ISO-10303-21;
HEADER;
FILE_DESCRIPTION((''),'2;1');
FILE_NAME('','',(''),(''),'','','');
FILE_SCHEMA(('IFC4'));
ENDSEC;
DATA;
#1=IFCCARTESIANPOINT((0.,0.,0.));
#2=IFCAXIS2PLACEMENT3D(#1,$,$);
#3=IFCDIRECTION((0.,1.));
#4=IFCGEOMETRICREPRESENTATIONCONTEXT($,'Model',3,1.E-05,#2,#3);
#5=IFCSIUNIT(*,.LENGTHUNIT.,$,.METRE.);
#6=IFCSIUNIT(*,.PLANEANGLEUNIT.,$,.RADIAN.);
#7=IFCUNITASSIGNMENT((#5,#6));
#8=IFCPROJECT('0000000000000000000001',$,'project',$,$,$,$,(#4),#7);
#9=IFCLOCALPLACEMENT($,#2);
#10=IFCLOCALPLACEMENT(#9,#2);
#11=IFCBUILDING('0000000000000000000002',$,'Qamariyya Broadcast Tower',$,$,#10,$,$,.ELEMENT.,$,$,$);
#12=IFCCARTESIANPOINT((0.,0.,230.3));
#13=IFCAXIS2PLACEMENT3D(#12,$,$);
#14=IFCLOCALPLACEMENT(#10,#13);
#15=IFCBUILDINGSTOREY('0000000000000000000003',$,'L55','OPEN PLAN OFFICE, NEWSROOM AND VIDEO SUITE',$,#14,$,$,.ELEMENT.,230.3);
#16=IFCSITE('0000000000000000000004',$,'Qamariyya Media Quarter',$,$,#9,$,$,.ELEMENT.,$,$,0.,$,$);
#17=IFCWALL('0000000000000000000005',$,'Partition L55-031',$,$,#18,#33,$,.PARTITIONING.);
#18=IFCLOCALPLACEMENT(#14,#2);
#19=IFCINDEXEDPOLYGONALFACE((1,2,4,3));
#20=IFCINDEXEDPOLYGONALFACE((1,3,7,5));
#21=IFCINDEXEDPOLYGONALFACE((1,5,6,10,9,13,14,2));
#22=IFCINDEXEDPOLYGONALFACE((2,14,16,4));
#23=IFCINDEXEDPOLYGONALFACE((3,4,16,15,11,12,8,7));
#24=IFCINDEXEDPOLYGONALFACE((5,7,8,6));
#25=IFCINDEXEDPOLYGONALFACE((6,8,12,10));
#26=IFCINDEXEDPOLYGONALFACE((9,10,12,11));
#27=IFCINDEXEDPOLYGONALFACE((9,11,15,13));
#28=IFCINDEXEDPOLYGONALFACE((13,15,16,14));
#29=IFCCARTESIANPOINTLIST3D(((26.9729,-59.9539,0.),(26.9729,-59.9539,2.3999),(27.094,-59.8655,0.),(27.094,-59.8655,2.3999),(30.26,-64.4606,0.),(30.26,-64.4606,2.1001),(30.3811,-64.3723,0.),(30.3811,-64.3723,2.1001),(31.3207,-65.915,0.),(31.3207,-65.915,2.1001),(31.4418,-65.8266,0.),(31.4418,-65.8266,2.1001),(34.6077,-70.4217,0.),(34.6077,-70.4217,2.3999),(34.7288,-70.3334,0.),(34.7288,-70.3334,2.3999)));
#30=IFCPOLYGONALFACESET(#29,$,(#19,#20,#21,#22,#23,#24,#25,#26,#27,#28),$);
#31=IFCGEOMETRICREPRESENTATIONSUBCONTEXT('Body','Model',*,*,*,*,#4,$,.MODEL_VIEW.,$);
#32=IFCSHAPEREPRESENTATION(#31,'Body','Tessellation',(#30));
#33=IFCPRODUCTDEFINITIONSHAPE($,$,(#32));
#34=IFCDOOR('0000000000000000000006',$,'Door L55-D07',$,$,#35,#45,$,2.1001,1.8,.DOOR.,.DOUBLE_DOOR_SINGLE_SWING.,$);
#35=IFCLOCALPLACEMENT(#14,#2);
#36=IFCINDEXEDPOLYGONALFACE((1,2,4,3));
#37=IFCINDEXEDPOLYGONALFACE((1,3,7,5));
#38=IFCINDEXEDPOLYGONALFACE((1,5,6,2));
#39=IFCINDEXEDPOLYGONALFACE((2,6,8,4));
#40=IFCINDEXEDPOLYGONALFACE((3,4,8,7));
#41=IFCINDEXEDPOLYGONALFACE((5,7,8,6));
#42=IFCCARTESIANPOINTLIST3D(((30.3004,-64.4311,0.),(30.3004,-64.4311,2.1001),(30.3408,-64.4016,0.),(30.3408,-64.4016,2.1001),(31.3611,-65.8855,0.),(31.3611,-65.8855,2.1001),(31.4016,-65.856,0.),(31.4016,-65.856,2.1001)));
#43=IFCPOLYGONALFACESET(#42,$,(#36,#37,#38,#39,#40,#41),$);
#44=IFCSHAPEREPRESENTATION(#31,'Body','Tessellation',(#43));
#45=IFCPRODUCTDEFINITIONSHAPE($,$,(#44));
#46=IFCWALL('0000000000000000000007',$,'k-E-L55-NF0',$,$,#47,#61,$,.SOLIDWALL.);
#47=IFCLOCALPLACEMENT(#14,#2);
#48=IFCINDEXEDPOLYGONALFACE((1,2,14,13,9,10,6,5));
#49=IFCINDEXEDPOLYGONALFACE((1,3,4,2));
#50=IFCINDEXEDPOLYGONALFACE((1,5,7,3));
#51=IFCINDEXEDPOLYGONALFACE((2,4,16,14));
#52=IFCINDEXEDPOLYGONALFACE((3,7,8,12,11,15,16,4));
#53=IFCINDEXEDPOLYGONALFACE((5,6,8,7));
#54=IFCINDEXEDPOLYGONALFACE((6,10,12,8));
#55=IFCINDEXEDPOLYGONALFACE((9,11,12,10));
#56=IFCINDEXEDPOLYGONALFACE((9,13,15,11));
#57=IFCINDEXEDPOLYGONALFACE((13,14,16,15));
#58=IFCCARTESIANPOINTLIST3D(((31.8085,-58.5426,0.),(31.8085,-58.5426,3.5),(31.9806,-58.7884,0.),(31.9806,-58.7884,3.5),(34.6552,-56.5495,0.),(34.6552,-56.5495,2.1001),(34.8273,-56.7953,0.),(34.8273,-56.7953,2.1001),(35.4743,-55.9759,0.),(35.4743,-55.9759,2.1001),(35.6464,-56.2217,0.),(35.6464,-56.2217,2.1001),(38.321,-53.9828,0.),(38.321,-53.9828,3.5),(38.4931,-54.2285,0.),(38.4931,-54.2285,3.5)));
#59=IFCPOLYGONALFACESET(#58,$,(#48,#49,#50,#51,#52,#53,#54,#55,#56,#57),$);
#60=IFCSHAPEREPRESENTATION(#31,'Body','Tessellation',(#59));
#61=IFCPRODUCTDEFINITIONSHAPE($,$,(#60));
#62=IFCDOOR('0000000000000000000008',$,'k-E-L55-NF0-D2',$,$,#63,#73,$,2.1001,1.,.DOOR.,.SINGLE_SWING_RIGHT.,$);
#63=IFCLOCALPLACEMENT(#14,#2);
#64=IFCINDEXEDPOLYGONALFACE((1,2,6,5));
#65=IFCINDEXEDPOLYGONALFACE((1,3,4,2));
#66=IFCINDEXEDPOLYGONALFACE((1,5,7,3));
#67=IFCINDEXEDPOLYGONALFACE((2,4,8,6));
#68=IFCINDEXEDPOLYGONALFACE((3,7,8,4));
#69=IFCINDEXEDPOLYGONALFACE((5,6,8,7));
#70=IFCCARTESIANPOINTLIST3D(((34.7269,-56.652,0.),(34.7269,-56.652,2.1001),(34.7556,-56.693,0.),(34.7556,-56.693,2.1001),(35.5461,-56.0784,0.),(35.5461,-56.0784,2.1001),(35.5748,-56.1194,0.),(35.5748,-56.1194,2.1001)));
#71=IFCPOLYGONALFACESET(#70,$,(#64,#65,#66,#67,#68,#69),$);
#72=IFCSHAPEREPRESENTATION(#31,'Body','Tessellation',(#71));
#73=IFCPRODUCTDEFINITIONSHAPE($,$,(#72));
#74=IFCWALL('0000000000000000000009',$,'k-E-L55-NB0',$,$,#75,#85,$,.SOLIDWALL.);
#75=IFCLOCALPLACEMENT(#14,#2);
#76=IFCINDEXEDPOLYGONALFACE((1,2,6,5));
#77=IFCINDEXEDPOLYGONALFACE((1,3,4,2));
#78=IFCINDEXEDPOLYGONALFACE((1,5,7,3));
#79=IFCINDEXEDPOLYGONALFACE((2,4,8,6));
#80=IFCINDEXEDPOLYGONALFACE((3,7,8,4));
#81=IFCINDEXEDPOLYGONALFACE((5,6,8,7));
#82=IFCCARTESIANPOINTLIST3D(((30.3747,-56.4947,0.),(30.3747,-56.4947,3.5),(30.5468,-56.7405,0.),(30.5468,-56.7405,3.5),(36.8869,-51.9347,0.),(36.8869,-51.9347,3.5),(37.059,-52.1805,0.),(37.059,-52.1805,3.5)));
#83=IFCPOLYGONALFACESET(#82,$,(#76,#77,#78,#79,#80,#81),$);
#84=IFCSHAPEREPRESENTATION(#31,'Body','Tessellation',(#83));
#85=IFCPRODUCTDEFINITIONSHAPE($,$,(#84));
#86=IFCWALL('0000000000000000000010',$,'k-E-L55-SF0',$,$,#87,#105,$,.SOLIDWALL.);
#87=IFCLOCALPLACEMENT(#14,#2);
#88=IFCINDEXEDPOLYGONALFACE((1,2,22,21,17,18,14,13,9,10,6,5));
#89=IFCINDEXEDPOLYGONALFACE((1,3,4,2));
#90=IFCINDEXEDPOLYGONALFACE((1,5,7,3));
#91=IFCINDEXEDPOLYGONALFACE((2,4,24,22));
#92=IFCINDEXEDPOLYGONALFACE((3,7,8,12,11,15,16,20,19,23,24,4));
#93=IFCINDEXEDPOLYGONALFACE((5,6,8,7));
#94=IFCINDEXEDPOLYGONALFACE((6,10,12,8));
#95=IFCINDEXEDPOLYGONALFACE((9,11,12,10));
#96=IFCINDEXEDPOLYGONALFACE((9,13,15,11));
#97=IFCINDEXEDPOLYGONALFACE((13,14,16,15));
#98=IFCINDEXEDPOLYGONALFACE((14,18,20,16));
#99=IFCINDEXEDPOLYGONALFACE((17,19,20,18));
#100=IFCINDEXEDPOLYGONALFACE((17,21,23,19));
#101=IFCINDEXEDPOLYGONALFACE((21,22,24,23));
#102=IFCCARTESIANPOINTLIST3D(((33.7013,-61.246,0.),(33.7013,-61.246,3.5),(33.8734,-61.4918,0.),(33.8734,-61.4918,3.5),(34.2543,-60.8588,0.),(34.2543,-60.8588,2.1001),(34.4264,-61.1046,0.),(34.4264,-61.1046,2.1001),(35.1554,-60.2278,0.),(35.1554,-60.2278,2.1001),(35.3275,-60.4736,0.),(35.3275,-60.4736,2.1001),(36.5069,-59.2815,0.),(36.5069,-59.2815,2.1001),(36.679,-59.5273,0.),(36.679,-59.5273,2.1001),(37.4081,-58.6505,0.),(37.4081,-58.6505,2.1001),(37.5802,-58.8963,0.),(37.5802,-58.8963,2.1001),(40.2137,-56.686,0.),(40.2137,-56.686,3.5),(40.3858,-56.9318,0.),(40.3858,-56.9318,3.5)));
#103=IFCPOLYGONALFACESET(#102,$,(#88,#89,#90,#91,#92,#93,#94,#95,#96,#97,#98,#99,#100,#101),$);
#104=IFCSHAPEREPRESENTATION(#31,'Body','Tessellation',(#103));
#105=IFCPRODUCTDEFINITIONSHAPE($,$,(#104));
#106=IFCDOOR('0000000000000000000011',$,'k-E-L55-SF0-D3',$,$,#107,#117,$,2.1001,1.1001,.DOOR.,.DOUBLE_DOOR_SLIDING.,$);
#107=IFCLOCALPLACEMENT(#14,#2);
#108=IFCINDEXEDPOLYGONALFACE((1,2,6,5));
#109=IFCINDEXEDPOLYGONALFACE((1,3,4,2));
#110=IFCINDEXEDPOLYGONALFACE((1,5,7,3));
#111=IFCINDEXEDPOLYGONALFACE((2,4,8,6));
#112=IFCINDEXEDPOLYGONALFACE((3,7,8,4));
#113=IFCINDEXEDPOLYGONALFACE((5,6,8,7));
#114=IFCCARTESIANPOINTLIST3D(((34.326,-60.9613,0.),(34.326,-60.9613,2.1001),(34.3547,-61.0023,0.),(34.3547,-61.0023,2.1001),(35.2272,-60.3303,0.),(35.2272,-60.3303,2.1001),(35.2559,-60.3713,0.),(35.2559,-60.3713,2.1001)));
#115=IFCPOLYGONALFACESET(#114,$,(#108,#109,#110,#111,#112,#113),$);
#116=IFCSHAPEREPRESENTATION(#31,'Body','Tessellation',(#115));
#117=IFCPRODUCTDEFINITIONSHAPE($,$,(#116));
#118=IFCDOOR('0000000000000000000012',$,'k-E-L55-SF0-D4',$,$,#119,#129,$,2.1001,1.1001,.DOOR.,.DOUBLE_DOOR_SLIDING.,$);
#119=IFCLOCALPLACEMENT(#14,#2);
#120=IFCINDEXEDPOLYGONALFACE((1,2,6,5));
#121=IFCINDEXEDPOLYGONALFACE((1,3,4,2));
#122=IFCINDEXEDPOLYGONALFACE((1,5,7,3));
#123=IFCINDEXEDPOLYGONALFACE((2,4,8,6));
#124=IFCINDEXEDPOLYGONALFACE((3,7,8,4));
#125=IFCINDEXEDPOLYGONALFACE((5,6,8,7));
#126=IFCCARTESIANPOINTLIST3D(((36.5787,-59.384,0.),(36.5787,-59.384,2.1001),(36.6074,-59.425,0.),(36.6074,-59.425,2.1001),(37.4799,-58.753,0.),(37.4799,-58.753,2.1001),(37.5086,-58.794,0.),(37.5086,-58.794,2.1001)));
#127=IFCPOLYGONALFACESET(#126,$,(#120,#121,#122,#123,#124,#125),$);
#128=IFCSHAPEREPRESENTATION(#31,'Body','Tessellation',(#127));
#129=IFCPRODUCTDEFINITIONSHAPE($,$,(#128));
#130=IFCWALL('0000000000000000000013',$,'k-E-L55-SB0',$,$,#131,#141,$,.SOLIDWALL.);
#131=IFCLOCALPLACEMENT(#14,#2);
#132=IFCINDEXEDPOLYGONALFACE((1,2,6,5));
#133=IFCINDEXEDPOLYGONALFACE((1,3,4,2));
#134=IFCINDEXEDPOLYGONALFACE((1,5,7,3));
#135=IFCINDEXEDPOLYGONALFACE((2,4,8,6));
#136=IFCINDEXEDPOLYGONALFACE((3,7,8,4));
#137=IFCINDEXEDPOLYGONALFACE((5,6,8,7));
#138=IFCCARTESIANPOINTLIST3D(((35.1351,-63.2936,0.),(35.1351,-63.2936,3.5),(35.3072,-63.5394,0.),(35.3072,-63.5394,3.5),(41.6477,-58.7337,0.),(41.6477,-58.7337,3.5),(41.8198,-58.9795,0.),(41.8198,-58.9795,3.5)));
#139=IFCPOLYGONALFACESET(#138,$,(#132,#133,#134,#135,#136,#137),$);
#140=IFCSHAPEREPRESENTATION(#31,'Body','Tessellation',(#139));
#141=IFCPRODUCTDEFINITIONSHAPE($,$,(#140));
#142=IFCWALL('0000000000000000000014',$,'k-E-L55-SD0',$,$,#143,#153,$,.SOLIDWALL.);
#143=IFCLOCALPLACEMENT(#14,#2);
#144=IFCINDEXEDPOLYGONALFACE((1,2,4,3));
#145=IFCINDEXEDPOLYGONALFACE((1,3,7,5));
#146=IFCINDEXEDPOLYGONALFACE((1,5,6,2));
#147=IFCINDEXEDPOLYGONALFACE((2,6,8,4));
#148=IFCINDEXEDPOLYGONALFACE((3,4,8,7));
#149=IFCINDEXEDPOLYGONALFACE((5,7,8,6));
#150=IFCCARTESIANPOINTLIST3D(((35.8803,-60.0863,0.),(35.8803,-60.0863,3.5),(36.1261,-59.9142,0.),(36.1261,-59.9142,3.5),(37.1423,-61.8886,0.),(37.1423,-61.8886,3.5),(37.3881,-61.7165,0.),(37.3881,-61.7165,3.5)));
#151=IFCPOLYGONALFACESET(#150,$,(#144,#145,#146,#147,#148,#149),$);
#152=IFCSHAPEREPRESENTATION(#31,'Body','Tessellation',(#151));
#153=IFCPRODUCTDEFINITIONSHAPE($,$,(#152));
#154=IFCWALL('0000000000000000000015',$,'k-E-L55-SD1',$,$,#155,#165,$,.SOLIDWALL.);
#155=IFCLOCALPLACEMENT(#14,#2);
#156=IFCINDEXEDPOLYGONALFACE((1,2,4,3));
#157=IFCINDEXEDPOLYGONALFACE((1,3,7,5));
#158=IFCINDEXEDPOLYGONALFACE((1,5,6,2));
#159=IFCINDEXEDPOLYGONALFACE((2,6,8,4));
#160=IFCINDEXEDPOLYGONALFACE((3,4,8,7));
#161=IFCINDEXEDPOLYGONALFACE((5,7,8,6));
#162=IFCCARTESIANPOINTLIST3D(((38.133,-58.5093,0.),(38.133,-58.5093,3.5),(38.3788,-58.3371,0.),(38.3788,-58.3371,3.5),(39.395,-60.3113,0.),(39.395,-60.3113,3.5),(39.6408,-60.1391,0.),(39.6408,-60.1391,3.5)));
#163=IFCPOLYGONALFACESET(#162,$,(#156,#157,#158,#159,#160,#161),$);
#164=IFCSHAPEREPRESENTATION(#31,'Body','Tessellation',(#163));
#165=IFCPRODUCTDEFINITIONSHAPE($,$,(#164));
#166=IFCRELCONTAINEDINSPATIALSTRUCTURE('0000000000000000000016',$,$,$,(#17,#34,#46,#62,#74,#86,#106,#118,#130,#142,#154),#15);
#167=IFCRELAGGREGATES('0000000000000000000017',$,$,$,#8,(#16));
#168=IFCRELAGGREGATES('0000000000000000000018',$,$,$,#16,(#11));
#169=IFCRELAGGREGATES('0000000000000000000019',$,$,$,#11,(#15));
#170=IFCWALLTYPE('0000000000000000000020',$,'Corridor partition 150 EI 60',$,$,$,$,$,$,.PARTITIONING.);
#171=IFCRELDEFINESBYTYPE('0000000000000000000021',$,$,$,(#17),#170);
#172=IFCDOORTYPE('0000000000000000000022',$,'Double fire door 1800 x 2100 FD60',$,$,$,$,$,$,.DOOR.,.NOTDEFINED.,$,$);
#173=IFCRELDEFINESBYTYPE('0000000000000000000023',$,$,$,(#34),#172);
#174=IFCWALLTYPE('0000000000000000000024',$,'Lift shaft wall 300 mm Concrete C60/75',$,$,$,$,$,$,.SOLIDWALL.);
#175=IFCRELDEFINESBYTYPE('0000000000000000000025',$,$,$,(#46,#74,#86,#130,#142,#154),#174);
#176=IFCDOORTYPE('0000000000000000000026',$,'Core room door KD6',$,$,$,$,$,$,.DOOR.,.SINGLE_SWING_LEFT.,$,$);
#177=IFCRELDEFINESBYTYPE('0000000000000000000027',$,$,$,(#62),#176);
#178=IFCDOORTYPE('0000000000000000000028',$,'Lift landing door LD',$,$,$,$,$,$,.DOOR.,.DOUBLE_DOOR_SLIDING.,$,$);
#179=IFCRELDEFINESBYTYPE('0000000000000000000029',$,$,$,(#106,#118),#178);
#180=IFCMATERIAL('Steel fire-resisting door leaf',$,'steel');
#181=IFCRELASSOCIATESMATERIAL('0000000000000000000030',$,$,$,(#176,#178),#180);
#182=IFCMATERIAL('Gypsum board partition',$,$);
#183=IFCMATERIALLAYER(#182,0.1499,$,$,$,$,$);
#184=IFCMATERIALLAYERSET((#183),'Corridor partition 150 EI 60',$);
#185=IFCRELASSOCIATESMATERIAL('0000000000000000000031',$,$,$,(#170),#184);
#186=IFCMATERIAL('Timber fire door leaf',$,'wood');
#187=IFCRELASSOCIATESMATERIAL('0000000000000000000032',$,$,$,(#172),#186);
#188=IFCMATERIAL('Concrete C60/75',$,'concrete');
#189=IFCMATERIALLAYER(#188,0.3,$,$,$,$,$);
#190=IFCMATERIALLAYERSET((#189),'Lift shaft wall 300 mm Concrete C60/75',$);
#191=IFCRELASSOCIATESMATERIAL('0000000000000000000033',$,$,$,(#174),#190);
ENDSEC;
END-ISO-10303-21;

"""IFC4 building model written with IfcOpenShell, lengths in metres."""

from ifc_helpers import new_model, si_unit, direction, frame, frame_2d, origin, place, context, subcontext, project, spatial, rectangle, extrude, material, layer, layer_set, type_object, element, fill, save


model = new_model("IFC4")

# Units and contexts
model_context = context("Model", 3, precision=1e-05, world=origin(), true_north=direction((0.0, 1.0)))
body_context = subcontext(model_context, "Body", "Model", "MODEL_VIEW")
ifc_project = project(units=[si_unit("LENGTHUNIT", "METRE"), si_unit("PLANEANGLEUNIT", "RADIAN")], contexts=[model_context])

# Site, building, storey
site_placement = place(None, origin())
site = spatial("IfcSite", under=ifc_project, at=site_placement, Name="Qamariyya Media Quarter", CompositionType="ELEMENT", RefElevation=0.0)
building_placement = place(site_placement, origin())
building = spatial("IfcBuilding", under=site, at=building_placement, Name="Qamariyya Broadcast Tower", CompositionType="ELEMENT")
storey_placement = place(building_placement, frame((0.0, 0.0, 230.3)))
storey = spatial("IfcBuildingStorey", under=building, at=storey_placement, Name="L55", Description="OPEN PLAN OFFICE, NEWSROOM AND VIDEO SUITE", CompositionType="ELEMENT", Elevation=230.3)

# Shared definitions
ifc_material_1 = material(Name="Concrete C60/75", Category="concrete")

# Shared definitions
ifc_material_2 = material(Name="Steel fire-resisting door leaf", Category="steel")

# Shared definitions
door_type_1 = type_object("IfcDoorType", Name="Core room door KD6", OperationType="SINGLE_SWING_LEFT", PredefinedType="DOOR", material=ifc_material_2)

# Walls, openings, doors
ifc_material_3 = material(Name="Gypsum board partition")
ifc_layer_1 = layer(ifc_material_3, 0.1499)
ifc_layer_set_1 = layer_set([ifc_layer_1], Name="Corridor partition 150 EI 60")
wall_type_1 = type_object("IfcWallType", Name="Corridor partition 150 EI 60", PredefinedType="PARTITIONING", material=ifc_layer_set_1)
wall_1_placement = place(storey_placement, frame((34.6682, -70.3774, 0.0), z_axis=(0.0, 0.0, 1.0), x_axis=(-0.589274, 0.807934, 0.0)))
wall_1 = element("IfcWall", 1, at=wall_1_placement, inside=storey, type_object=wall_type_1, Name="Partition L55-031", PredefinedType="PARTITIONING", context=body_context, shape_type="SweptSolid", body=[
    extrude(rectangle(XDim=12.9563, YDim=0.1499, at=frame_2d((6.478, 0.0))), origin(), (0.0, 0.0, 1.0), 2.3999),
])
opening_1_placement = place(wall_1_placement, frame((5.5781, 0.0, 0.0)))
opening_1 = element("IfcOpeningElement", 2, at=opening_1_placement, cuts=wall_1, PredefinedType="OPENING", context=body_context, shape_type="SweptSolid", body=[
    extrude(rectangle(XDim=1.8, YDim=2.1001, at=frame_2d((0.8999, 1.05))), frame((0.0, 0.085, 0.0), z_axis=(0.0, -1.0, 0.0), x_axis=(1.0, 0.0, 0.0)), (0.0, 0.0, 1.0), 0.1699),
])
ifc_material_4 = material(Name="Timber fire door leaf", Category="wood")
door_type_2 = type_object("IfcDoorType", Name="Double fire door 1800 x 2100 FD60", OperationType="NOTDEFINED", PredefinedType="DOOR", material=ifc_material_4)
door_1_placement = place(opening_1_placement, origin())
door_1 = element("IfcDoor", 3, at=door_1_placement, inside=storey, type_object=door_type_2, Name="Door L55-D07", OperationType="DOUBLE_DOOR_SINGLE_SWING", OverallHeight=2.1001, OverallWidth=1.8, PredefinedType="DOOR", context=body_context, shape_type="SweptSolid", body=[
    extrude(rectangle(XDim=1.8, YDim=2.1001, at=frame_2d((0.8999, 1.05))), frame((0.0, 0.0249, 0.0), z_axis=(0.0, -1.0, 0.0), x_axis=(1.0, 0.0, 0.0)), (0.0, 0.0, 1.0), 0.05),
])
fill(opening_1, door_1)
ifc_layer_2 = layer(ifc_material_1, 0.3)
ifc_layer_set_2 = layer_set([ifc_layer_2], Name="Lift shaft wall 300 mm Concrete C60/75")
wall_type_2 = type_object("IfcWallType", Name="Lift shaft wall 300 mm Concrete C60/75", PredefinedType="SOLIDWALL", material=ifc_layer_set_2)
wall_2_placement = place(storey_placement, frame((31.8945, -58.6655, 0.0), z_axis=(0.0, 0.0, 1.0), x_axis=(0.819167, 0.573555, 0.0)))
wall_2 = element("IfcWall", 4, at=wall_2_placement, inside=storey, type_object=wall_type_2, Name="k-E-L55-NF0", PredefinedType="SOLIDWALL", context=body_context, shape_type="SweptSolid", body=[
    extrude(rectangle(XDim=7.9502, YDim=0.3, at=frame_2d((3.9751, 0.0))), origin(), (0.0, 0.0, 1.0), 3.5),
])
opening_2_placement = place(wall_2_placement, frame((3.4751, 0.0, 0.0)))
opening_2 = element("IfcOpeningElement", 5, at=opening_2_placement, cuts=wall_2, PredefinedType="OPENING", context=body_context, shape_type="SweptSolid", body=[
    extrude(rectangle(XDim=1.0, YDim=2.1001, at=frame_2d((0.5, 1.05))), frame((0.0, 0.1599, 0.0), z_axis=(0.0, -1.0, 0.0), x_axis=(1.0, 0.0, 0.0)), (0.0, 0.0, 1.0), 0.3201),
])
door_2_placement = place(opening_2_placement, origin())
door_2 = element("IfcDoor", 6, at=door_2_placement, inside=storey, type_object=door_type_1, Name="k-E-L55-NF0-D2", OperationType="SINGLE_SWING_RIGHT", OverallHeight=2.1001, OverallWidth=1.0, PredefinedType="DOOR", context=body_context, shape_type="SweptSolid", body=[
    extrude(rectangle(XDim=1.0, YDim=2.1001, at=frame_2d((0.5, 1.05))), frame((0.0, 0.0249, 0.0), z_axis=(0.0, -1.0, 0.0), x_axis=(1.0, 0.0, 0.0)), (0.0, 0.0, 1.0), 0.05),
])
fill(opening_2, door_2)

# Wall
wall_3_placement = place(storey_placement, frame((30.4607, -56.6177, 0.0), z_axis=(0.0, 0.0, 1.0), x_axis=(0.819142, 0.57359, 0.0)))
element("IfcWall", 7, at=wall_3_placement, inside=storey, type_object=wall_type_2, Name="k-E-L55-NB0", PredefinedType="SOLIDWALL", context=body_context, shape_type="SweptSolid", body=[
    extrude(rectangle(XDim=7.95, YDim=0.3, at=frame_2d((3.9751, 0.0))), origin(), (0.0, 0.0, 1.0), 3.5),
])

# Wall, openings, doors
wall_4_placement = place(storey_placement, frame((33.7874, -61.3689, 0.0), z_axis=(0.0, 0.0, 1.0), x_axis=(0.819153, 0.573576, 0.0)))
wall_4 = element("IfcWall", 8, at=wall_4_placement, inside=storey, type_object=wall_type_2, Name="k-E-L55-SF0", PredefinedType="SOLIDWALL", context=body_context, shape_type="SweptSolid", body=[
    extrude(rectangle(XDim=7.9502, YDim=0.3, at=frame_2d((3.9751, 0.0))), origin(), (0.0, 0.0, 1.0), 3.5),
])
opening_3_placement = place(wall_4_placement, frame((0.675, 0.0, 0.0)))
opening_3 = element("IfcOpeningElement", 9, at=opening_3_placement, cuts=wall_4, PredefinedType="OPENING", context=body_context, shape_type="SweptSolid", body=[
    extrude(rectangle(XDim=1.1001, YDim=2.1001, at=frame_2d((0.55, 1.05))), frame((0.0, 0.1599, 0.0), z_axis=(0.0, -1.0, 0.0), x_axis=(1.0, 0.0, 0.0)), (0.0, 0.0, 1.0), 0.3201),
])
opening_4_placement = place(wall_4_placement, frame((3.425, 0.0, 0.0)))
opening_4 = element("IfcOpeningElement", 10, at=opening_4_placement, cuts=wall_4, PredefinedType="OPENING", context=body_context, shape_type="SweptSolid", body=[
    extrude(rectangle(XDim=1.1001, YDim=2.1001, at=frame_2d((0.55, 1.05))), frame((0.0, 0.1599, 0.0), z_axis=(0.0, -1.0, 0.0), x_axis=(1.0, 0.0, 0.0)), (0.0, 0.0, 1.0), 0.3201),
])
door_type_3 = type_object("IfcDoorType", Name="Lift landing door LD", OperationType="DOUBLE_DOOR_SLIDING", PredefinedType="DOOR", material=ifc_material_2)
door_3_placement = place(opening_3_placement, origin())
door_3 = element("IfcDoor", 11, at=door_3_placement, inside=storey, type_object=door_type_3, Name="k-E-L55-SF0-D3", OperationType="DOUBLE_DOOR_SLIDING", OverallHeight=2.1001, OverallWidth=1.1001, PredefinedType="DOOR", context=body_context, shape_type="SweptSolid", body=[
    extrude(rectangle(XDim=1.1001, YDim=2.1001, at=frame_2d((0.55, 1.05))), frame((0.0, 0.0249, 0.0), z_axis=(0.0, -1.0, 0.0), x_axis=(1.0, 0.0, 0.0)), (0.0, 0.0, 1.0), 0.05),
])
fill(opening_3, door_3)
door_4_placement = place(opening_4_placement, origin())
door_4 = element("IfcDoor", 12, at=door_4_placement, inside=storey, type_object=door_type_3, Name="k-E-L55-SF0-D4", OperationType="DOUBLE_DOOR_SLIDING", OverallHeight=2.1001, OverallWidth=1.1001, PredefinedType="DOOR", context=body_context, shape_type="SweptSolid", body=[
    extrude(rectangle(XDim=1.1001, YDim=2.1001, at=frame_2d((0.55, 1.05))), frame((0.0, 0.0249, 0.0), z_axis=(0.0, -1.0, 0.0), x_axis=(1.0, 0.0, 0.0)), (0.0, 0.0, 1.0), 0.05),
])
fill(opening_4, door_4)

# Walls
wall_5_placement = place(storey_placement, frame((35.2212, -63.4165, 0.0), z_axis=(0.0, 0.0, 1.0), x_axis=(0.819167, 0.573555, 0.0)))
element("IfcWall", 13, at=wall_5_placement, inside=storey, type_object=wall_type_2, Name="k-E-L55-SB0", PredefinedType="SOLIDWALL", context=body_context, shape_type="SweptSolid", body=[
    extrude(rectangle(XDim=7.9502, YDim=0.3, at=frame_2d((3.9751, 0.0))), origin(), (0.0, 0.0, 1.0), 3.5),
])
wall_6_placement = place(storey_placement, frame((36.0032, -60.0002, 0.0), z_axis=(0.0, 0.0, 1.0), x_axis=(0.573581, -0.819149, 0.0)))
element("IfcWall", 14, at=wall_6_placement, inside=storey, type_object=wall_type_2, Name="k-E-L55-SD0", PredefinedType="SOLIDWALL", context=body_context, shape_type="SweptSolid", body=[
    extrude(rectangle(XDim=2.2002, YDim=0.3, at=frame_2d((1.1001, 0.0))), origin(), (0.0, 0.0, 1.0), 3.5),
])
wall_7_placement = place(storey_placement, frame((38.2559, -58.4231, 0.0), z_axis=(0.0, 0.0, 1.0), x_axis=(0.573634, -0.819112, 0.0)))
element("IfcWall", 15, at=wall_7_placement, inside=storey, type_object=wall_type_2, Name="k-E-L55-SD1", PredefinedType="SOLIDWALL", context=body_context, shape_type="SweptSolid", body=[
    extrude(rectangle(XDim=2.2, YDim=0.3, at=frame_2d((1.1001, 0.0))), origin(), (0.0, 0.0, 1.0), 3.5),
])

save(model, "model.ifc")
